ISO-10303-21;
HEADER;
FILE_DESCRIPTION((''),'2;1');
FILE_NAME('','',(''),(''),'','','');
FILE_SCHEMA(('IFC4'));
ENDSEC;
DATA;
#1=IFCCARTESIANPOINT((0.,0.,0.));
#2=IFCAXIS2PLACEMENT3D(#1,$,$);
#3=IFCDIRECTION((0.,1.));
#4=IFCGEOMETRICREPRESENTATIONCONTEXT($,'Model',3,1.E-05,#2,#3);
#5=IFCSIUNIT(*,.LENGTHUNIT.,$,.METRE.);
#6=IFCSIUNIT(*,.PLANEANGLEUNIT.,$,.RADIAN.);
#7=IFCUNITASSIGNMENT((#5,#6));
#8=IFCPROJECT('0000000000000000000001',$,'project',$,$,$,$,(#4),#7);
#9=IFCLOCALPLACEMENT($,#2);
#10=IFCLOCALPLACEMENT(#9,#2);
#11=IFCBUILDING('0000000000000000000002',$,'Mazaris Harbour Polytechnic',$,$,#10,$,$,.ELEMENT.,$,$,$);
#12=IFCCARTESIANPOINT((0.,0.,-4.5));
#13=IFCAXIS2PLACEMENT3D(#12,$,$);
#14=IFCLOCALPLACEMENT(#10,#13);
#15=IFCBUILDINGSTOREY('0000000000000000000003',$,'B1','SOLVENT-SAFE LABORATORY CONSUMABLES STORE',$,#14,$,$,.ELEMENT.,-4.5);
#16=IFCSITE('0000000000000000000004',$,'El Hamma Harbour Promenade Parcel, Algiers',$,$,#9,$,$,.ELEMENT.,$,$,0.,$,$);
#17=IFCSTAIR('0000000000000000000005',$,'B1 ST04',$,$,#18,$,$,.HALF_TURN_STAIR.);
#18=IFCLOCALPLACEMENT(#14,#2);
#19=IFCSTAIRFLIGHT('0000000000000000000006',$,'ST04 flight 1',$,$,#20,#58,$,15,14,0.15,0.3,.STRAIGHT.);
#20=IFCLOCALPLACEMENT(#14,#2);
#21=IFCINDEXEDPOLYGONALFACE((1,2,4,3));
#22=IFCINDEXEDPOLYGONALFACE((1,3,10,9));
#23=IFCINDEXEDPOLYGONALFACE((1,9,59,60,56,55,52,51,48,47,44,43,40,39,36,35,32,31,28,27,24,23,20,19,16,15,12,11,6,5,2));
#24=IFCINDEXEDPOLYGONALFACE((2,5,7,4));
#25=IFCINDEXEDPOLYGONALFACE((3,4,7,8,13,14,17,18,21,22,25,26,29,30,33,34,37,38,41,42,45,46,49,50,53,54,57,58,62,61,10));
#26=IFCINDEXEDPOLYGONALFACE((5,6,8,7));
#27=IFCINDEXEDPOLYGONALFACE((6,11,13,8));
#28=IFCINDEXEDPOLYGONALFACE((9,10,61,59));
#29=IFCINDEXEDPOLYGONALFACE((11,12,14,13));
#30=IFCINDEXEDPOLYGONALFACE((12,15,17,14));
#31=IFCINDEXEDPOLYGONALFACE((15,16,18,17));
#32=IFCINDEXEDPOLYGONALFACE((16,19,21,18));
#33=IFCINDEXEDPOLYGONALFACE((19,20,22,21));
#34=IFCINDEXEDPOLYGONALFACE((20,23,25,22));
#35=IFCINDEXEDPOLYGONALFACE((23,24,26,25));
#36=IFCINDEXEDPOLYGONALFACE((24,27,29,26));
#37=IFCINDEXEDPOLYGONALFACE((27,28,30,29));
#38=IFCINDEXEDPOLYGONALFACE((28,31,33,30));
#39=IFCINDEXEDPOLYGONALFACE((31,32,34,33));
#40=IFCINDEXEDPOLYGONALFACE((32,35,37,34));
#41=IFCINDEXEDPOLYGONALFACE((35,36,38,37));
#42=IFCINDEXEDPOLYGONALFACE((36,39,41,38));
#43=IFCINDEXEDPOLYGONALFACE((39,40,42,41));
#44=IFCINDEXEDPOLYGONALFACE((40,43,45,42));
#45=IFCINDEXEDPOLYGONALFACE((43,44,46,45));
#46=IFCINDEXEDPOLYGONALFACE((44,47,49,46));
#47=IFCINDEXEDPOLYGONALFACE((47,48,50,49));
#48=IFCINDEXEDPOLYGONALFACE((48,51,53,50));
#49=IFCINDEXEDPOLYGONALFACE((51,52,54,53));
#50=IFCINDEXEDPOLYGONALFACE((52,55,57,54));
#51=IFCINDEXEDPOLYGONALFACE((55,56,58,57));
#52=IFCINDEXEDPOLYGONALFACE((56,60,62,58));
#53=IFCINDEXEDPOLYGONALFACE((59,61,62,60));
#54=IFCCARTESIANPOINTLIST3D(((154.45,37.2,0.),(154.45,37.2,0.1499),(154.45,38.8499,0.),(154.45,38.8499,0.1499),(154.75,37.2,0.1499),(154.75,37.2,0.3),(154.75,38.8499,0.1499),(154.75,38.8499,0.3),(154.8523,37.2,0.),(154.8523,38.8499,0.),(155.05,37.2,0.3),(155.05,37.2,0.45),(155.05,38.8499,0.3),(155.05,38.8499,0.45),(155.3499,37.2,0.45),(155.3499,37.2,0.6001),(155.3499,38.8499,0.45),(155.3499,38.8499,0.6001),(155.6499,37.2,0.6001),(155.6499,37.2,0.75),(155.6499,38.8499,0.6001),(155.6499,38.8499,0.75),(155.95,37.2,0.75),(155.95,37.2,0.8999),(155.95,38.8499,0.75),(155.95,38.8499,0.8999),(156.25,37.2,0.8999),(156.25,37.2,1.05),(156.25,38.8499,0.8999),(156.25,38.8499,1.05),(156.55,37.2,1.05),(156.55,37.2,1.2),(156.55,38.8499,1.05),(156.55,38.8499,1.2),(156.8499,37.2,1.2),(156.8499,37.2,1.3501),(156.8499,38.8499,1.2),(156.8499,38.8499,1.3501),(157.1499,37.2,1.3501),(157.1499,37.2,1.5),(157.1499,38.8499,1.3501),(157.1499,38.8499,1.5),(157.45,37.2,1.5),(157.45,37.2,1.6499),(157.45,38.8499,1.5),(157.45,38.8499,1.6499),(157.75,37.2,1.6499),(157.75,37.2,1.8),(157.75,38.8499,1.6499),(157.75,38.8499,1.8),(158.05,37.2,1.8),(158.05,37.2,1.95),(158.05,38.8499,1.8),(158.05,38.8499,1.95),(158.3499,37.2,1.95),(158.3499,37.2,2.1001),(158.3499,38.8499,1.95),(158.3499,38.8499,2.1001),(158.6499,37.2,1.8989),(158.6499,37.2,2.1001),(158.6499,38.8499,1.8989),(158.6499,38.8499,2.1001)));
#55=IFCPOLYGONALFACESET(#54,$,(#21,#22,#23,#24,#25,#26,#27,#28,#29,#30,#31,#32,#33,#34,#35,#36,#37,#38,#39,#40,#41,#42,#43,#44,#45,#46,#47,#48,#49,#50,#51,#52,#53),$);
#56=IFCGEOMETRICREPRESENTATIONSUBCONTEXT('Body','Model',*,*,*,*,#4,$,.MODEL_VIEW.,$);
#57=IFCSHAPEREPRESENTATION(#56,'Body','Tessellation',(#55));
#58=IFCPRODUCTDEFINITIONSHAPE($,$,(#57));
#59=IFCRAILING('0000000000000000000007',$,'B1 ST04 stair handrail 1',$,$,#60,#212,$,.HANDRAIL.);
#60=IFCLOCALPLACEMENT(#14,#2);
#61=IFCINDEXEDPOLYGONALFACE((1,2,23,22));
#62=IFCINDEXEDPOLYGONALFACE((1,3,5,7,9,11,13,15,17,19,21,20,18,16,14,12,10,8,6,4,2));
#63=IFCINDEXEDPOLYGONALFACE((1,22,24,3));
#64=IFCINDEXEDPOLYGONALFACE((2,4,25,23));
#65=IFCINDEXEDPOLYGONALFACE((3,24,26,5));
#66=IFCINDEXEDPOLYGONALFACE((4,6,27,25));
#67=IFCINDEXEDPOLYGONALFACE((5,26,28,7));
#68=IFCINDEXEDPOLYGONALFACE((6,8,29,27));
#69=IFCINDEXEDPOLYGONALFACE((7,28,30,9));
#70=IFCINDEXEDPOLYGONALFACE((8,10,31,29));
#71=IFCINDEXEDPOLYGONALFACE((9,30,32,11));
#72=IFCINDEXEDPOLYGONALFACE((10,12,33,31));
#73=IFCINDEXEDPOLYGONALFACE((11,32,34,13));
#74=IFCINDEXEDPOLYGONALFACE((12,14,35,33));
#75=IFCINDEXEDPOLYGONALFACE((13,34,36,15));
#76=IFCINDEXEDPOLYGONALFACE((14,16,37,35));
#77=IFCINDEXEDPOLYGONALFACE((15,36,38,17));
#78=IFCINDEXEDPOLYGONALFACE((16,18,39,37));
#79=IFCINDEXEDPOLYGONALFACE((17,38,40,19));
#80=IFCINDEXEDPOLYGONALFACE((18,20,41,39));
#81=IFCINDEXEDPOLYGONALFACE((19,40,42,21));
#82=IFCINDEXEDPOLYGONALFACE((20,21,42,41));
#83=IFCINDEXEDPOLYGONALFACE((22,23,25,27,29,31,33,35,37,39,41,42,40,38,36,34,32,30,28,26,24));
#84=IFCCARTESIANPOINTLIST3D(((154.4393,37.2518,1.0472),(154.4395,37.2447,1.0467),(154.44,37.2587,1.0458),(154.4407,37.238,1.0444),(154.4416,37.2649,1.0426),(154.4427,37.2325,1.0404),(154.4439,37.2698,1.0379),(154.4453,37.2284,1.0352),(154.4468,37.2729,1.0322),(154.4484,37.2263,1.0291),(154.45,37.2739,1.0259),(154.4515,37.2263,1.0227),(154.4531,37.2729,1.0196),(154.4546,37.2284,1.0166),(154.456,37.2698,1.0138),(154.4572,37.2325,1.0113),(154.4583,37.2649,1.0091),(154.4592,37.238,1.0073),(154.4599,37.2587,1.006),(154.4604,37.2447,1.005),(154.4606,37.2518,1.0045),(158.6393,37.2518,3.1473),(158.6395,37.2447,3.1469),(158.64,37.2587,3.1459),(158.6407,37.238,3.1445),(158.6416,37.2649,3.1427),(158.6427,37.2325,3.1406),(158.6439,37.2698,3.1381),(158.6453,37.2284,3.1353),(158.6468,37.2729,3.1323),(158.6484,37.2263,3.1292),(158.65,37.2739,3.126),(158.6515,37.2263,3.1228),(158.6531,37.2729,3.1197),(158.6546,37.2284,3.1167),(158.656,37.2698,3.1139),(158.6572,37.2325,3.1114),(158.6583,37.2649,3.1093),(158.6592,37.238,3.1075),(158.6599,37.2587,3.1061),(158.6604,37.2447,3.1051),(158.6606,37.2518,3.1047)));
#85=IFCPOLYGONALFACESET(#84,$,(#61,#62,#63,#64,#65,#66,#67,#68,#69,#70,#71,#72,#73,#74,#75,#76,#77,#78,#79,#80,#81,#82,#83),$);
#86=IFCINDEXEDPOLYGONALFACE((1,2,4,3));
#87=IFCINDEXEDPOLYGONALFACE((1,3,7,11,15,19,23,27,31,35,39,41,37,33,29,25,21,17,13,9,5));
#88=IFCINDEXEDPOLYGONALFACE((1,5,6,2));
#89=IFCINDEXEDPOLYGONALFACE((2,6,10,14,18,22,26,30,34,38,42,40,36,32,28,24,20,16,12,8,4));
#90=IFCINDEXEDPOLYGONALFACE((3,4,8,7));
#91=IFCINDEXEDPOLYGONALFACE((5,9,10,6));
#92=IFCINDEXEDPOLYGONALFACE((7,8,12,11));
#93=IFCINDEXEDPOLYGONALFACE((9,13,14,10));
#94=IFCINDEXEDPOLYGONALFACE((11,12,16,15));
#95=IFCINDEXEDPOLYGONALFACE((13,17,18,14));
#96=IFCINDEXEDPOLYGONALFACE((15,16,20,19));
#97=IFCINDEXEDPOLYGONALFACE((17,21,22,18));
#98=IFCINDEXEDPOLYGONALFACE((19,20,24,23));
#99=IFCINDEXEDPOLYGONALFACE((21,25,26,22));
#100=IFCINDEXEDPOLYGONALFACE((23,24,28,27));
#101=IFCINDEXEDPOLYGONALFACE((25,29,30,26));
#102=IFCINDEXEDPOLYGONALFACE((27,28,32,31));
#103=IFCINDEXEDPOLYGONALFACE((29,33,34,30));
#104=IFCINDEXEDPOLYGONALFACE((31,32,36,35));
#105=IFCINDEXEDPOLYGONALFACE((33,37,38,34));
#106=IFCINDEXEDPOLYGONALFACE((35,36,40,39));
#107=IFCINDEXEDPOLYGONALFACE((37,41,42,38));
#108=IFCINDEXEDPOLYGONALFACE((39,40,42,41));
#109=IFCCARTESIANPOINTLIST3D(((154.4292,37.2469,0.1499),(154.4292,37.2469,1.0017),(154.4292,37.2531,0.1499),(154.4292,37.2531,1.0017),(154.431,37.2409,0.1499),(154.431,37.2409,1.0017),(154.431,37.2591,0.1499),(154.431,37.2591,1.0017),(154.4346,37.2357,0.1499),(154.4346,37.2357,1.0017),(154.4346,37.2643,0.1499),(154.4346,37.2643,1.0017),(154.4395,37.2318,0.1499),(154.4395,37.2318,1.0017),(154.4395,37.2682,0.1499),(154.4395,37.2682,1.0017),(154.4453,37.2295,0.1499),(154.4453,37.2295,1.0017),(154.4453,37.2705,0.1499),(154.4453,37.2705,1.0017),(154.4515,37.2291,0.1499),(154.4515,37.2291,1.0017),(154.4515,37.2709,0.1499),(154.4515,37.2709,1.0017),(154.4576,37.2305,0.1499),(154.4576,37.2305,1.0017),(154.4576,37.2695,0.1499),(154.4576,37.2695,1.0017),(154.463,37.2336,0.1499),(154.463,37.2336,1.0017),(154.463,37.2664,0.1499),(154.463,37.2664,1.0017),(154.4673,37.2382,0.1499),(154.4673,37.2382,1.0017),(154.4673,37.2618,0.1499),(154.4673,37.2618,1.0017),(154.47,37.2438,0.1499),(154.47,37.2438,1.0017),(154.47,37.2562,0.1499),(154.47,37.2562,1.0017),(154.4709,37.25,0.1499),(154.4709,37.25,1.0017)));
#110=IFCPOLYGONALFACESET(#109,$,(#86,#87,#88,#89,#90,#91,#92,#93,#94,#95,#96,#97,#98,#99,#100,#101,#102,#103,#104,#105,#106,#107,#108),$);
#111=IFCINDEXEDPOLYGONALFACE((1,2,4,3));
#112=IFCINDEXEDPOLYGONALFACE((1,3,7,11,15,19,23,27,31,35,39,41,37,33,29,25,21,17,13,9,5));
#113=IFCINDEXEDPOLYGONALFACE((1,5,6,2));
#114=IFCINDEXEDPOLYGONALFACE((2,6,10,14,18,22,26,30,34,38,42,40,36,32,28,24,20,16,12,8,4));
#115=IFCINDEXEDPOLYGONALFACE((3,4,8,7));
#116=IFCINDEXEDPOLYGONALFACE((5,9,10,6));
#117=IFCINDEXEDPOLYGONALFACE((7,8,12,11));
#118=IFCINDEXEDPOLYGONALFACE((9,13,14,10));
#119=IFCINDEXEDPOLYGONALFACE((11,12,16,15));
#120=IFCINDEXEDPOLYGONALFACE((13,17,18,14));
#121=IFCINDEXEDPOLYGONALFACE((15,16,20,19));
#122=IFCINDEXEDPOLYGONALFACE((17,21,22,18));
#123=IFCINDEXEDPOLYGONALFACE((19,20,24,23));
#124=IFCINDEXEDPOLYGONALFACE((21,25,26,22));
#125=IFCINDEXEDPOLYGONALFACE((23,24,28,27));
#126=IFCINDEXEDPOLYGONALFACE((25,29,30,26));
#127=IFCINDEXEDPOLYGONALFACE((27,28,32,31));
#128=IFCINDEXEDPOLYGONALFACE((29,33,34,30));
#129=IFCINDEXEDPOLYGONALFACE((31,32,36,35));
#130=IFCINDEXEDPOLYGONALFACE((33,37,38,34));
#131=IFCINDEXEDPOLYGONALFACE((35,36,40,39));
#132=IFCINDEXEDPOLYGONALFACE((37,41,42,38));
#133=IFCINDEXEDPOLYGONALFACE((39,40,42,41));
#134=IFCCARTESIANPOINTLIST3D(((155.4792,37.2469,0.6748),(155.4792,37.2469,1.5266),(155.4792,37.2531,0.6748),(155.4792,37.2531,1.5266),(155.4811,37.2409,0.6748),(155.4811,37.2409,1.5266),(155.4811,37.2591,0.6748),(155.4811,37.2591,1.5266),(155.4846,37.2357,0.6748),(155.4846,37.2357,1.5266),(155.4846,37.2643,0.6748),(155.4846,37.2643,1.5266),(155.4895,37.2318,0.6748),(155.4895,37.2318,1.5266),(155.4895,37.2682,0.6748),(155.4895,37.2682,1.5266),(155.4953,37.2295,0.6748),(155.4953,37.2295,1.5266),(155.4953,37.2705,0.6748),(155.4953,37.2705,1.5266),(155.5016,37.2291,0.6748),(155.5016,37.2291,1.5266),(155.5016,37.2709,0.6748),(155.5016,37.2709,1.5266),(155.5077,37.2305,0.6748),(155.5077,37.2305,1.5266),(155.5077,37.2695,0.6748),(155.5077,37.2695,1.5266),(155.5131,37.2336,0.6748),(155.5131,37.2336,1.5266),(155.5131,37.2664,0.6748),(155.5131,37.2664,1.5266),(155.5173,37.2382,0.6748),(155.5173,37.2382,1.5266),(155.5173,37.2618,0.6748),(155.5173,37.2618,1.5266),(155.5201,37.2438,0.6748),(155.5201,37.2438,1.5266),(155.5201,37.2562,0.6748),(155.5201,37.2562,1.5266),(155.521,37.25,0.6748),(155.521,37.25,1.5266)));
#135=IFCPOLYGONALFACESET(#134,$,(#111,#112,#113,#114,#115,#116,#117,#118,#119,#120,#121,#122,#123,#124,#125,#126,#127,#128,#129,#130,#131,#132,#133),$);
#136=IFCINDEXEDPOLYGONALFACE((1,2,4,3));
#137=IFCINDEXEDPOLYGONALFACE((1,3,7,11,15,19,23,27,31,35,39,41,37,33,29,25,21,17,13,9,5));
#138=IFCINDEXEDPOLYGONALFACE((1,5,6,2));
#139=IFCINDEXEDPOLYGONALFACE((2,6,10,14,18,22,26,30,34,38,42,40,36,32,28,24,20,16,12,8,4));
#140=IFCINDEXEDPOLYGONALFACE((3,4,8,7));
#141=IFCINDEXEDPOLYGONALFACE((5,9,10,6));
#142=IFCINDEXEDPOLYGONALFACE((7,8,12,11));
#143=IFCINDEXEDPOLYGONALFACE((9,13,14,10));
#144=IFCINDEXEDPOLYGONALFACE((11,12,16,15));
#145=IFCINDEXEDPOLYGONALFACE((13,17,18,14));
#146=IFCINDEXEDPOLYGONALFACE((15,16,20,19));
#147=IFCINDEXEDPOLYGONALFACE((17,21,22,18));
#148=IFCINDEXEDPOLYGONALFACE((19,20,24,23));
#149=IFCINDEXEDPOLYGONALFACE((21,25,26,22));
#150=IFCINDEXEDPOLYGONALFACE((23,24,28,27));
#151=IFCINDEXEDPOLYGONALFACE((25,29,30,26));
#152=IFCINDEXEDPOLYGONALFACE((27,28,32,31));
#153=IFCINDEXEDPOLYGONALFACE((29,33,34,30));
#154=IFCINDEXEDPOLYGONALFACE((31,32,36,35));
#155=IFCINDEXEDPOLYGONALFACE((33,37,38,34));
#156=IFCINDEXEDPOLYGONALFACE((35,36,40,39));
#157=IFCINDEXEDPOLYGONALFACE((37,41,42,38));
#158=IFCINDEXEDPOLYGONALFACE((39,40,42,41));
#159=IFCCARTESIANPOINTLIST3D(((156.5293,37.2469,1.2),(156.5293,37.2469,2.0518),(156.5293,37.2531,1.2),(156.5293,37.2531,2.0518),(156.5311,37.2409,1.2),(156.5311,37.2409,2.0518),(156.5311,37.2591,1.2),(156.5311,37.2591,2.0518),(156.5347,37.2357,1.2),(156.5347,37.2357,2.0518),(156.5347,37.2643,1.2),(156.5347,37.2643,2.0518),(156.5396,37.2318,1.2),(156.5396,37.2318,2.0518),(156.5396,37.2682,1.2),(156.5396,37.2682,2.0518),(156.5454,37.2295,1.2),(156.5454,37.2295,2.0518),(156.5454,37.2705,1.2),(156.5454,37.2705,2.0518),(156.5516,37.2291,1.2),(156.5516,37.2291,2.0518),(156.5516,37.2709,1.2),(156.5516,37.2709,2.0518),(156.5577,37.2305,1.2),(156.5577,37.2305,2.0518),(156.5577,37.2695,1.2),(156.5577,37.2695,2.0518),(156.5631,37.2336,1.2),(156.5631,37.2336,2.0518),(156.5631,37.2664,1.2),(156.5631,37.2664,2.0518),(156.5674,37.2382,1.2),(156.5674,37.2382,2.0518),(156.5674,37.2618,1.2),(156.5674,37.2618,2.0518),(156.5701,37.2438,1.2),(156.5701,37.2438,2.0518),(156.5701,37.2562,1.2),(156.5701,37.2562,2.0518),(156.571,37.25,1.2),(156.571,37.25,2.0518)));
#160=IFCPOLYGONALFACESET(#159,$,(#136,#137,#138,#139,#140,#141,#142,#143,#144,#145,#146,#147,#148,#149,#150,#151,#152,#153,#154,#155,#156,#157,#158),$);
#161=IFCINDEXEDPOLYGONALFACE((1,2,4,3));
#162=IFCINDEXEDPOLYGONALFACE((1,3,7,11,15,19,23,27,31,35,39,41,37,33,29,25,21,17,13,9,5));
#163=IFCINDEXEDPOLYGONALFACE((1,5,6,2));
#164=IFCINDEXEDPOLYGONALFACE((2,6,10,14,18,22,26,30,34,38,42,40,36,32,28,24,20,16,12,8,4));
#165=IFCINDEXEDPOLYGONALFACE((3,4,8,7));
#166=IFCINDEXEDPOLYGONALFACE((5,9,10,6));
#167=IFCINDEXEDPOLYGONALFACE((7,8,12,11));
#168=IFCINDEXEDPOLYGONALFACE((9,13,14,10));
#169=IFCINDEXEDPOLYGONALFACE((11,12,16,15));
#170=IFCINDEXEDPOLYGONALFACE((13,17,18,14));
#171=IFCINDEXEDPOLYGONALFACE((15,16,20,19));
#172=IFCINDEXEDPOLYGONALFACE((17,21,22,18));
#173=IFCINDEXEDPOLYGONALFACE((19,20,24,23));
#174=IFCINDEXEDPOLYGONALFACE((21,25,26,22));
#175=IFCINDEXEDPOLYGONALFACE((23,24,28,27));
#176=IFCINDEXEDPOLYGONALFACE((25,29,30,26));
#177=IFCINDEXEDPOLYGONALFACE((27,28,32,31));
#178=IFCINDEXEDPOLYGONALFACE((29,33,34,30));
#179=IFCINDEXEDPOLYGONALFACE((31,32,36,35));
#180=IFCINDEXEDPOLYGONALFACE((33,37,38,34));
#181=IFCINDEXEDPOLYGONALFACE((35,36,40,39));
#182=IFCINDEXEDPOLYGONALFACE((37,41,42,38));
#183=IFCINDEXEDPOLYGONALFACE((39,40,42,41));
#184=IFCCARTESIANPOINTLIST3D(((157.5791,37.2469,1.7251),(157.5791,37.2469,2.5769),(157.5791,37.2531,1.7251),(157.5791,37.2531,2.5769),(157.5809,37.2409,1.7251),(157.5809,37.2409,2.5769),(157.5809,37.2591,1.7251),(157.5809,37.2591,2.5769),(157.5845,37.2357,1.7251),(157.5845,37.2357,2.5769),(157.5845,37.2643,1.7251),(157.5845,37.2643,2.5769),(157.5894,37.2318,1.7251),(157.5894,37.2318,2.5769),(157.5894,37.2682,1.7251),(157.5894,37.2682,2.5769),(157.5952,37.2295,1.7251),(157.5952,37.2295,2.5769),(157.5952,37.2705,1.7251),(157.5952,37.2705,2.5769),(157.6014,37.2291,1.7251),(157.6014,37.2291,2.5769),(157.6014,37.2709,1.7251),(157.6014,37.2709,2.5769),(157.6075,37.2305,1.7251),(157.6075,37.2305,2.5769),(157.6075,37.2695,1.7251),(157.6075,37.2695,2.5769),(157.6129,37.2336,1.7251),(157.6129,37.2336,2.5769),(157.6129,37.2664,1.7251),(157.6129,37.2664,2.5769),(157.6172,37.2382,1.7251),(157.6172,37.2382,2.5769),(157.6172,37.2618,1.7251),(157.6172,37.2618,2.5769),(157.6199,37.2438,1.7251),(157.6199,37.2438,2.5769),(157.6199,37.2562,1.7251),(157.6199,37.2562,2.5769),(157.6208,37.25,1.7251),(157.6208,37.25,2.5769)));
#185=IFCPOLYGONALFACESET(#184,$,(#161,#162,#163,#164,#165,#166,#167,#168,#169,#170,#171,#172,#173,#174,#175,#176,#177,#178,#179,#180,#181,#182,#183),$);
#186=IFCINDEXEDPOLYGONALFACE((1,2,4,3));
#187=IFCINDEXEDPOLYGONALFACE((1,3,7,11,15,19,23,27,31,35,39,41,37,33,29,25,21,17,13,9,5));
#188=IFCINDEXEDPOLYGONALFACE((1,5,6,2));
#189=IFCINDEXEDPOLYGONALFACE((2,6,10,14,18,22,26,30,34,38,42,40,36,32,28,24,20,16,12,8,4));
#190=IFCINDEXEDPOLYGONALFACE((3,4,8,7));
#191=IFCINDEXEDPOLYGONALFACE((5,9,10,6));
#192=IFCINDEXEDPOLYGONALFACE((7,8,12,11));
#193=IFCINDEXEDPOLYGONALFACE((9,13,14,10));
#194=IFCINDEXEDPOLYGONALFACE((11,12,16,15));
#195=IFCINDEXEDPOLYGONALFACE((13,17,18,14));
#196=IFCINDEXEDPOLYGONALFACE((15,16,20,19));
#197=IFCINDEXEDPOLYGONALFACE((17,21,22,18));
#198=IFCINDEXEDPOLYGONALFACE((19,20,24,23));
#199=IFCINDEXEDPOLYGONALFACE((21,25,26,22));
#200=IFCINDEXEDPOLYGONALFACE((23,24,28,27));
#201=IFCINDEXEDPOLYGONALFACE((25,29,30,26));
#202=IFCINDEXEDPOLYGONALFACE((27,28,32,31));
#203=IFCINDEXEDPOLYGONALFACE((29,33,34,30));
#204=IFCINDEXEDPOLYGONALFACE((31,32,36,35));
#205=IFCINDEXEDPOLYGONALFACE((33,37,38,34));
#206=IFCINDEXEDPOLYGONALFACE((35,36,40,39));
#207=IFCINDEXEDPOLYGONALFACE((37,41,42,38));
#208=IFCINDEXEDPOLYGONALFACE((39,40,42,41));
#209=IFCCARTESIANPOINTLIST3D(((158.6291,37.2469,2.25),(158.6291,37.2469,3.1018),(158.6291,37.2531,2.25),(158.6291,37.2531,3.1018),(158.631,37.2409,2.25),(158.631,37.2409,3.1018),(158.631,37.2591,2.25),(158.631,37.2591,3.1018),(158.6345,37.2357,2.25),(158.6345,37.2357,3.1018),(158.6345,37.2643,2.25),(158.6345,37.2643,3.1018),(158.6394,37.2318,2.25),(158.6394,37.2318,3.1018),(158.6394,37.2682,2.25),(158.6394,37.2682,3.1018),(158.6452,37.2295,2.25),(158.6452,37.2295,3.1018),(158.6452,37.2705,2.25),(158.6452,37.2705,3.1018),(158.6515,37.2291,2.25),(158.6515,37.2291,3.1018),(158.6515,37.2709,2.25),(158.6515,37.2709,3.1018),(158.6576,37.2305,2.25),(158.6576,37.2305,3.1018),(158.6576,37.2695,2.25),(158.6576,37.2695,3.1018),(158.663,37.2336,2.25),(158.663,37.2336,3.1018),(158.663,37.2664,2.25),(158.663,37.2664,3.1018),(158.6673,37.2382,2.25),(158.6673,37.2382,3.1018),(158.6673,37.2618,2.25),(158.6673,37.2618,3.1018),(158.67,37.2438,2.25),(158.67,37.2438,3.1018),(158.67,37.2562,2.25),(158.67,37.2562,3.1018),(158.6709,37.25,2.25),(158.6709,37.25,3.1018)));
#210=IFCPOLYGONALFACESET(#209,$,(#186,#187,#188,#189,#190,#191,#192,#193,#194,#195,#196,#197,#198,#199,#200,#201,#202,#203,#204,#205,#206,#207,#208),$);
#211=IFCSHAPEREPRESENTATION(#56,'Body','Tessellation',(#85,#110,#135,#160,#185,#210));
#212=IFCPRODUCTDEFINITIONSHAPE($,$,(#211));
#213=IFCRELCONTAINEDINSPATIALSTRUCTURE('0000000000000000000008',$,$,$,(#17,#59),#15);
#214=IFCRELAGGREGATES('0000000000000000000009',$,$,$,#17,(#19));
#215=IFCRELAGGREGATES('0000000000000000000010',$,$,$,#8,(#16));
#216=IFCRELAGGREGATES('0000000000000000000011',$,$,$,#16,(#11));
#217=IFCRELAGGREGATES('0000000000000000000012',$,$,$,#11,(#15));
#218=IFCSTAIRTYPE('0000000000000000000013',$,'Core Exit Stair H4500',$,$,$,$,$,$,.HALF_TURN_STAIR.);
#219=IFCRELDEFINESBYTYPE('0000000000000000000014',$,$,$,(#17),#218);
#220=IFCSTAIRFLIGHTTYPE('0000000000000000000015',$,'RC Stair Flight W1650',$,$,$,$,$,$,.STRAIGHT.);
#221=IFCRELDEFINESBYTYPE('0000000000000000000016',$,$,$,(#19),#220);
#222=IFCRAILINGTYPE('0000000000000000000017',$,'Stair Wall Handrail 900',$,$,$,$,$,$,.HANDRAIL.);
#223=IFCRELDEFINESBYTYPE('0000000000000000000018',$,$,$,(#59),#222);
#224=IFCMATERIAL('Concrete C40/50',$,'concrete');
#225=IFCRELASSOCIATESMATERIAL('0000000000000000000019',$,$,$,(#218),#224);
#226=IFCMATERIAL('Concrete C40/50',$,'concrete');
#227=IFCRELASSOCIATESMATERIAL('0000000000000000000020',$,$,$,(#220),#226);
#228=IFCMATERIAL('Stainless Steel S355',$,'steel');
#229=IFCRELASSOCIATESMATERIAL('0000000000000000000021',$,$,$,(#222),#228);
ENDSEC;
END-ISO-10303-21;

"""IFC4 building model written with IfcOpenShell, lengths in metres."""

from ifc_helpers import new_model, si_unit, direction, frame, origin, origin_2d, place, context, subcontext, project, spatial, polyline, circle, outline, extrude, material, type_object, element, aggregate, save


model = new_model("IFC4")

# Units and contexts
model_context = context("Model", 3, precision=1e-05, world=origin(), true_north=direction((0.0, 1.0)))
body_context = subcontext(model_context, "Body", "Model", "MODEL_VIEW")
ifc_project = project(units=[si_unit("LENGTHUNIT", "METRE"), si_unit("PLANEANGLEUNIT", "RADIAN")], contexts=[model_context])

# Site, building, storey
site_placement = place(None, origin())
site = spatial("IfcSite", under=ifc_project, at=site_placement, Name="El Hamma Harbour Promenade Parcel, Algiers", CompositionType="ELEMENT", RefElevation=0.0)
building_placement = place(site_placement, origin())
building = spatial("IfcBuilding", under=site, at=building_placement, Name="Mazaris Harbour Polytechnic", CompositionType="ELEMENT")
storey_placement = place(building_placement, frame((0.0, 0.0, -4.5)))
storey = spatial("IfcBuildingStorey", under=building, at=storey_placement, Name="B1", Description="SOLVENT-SAFE LABORATORY CONSUMABLES STORE", CompositionType="ELEMENT", Elevation=-4.5)

# Stair, stair flight
ifc_material_1 = material(Name="Concrete C40/50", Category="concrete")
stair_type = type_object("IfcStairType", Name="Core Exit Stair H4500", PredefinedType="HALF_TURN_STAIR", material=ifc_material_1)
stair_placement = place(storey_placement, origin())
stair = element("IfcStair", 1, at=stair_placement, inside=storey, type_object=stair_type, Name="B1 ST04", PredefinedType="HALF_TURN_STAIR")
ifc_material_2 = material(Name="Concrete C40/50", Category="concrete")
stair_flight_type = type_object("IfcStairFlightType", Name="RC Stair Flight W1650", PredefinedType="STRAIGHT", material=ifc_material_2)
stair_flight_placement = place(storey_placement, frame((154.45, 38.0249, 0.0), z_axis=(0.0, 0.0, 1.0), x_axis=(1.0, 0.0, 0.0)))
stair_flight = element("IfcStairFlight", 2, at=stair_flight_placement, type_object=stair_flight_type, Name="ST04 flight 1", NumberOfRisers=15, NumberOfTreads=14, PredefinedType="STRAIGHT", RiserHeight=0.15, TreadLength=0.3, context=body_context, shape_type="SweptSolid", body=[
    extrude(outline(polyline([(0.0, 0.0), (0.0, 0.1499), (0.3, 0.1499), (0.3, 0.3), (0.6001, 0.3), (0.6001, 0.45), (0.8999, 0.45), (0.8999, 0.6001), (1.2, 0.6001), (1.2, 0.75), (1.5, 0.75), (1.5, 0.8999), (1.8, 0.8999), (1.8, 1.05), (2.1001, 1.05), (2.1001, 1.2), (2.3999, 1.2), (2.3999, 1.3501), (2.7, 1.3501), (2.7, 1.5), (3.0, 1.5), (3.0, 1.6499), (3.3, 1.6499), (3.3, 1.8), (3.6001, 1.8), (3.6001, 1.95), (3.8999, 1.95), (3.8999, 2.1001), (4.2, 2.1001), (4.2, 2.25), (4.2, 1.8989), (0.4023, 0.0), (0.0, 0.0)])), frame((0.0, 0.825, 0.0), z_axis=(0.0, -1.0, 0.0), x_axis=(1.0, 0.0, 0.0)), (0.0, 0.0, 1.0), 1.6499),
])
aggregate(stair, [stair_flight])

# Railing
ifc_material_3 = material(Name="Stainless Steel S355", Category="steel")
railing_type_1 = type_object("IfcRailingType", Name="Stair Wall Handrail 900", PredefinedType="HANDRAIL", material=ifc_material_3)
railing_1_placement = place(storey_placement, frame((154.45, 37.25, 0.1499)))
element("IfcRailing", 3, at=railing_1_placement, inside=storey, type_object=railing_type_1, Name="B1 ST04 stair handrail 1", PredefinedType="HANDRAIL", context=body_context, shape_type="SweptSolid", body=[
    extrude(circle(Radius=0.0239, at=origin_2d()), frame((0.0, 0.0, 0.876), z_axis=(0.894417, 0.0, 0.447234), x_axis=(0.0, 1.0, 0.0)), (0.0, 0.0, 1.0), 4.6958),
    extrude(circle(Radius=0.021, at=origin_2d()), origin(), (0.0, 0.0, 1.0), 0.8518),
    extrude(circle(Radius=0.021, at=origin_2d()), frame((1.05, 0.0, 0.5249)), (0.0, 0.0, 1.0), 0.8518),
    extrude(circle(Radius=0.021, at=origin_2d()), frame((2.1001, 0.0, 1.05)), (0.0, 0.0, 1.0), 0.8518),
    extrude(circle(Radius=0.021, at=origin_2d()), frame((3.1499, 0.0, 1.5752)), (0.0, 0.0, 1.0), 0.8518),
    extrude(circle(Radius=0.021, at=origin_2d()), frame((4.2, 0.0, 2.1001)), (0.0, 0.0, 1.0), 0.8518),
])

save(model, "model.ifc")
